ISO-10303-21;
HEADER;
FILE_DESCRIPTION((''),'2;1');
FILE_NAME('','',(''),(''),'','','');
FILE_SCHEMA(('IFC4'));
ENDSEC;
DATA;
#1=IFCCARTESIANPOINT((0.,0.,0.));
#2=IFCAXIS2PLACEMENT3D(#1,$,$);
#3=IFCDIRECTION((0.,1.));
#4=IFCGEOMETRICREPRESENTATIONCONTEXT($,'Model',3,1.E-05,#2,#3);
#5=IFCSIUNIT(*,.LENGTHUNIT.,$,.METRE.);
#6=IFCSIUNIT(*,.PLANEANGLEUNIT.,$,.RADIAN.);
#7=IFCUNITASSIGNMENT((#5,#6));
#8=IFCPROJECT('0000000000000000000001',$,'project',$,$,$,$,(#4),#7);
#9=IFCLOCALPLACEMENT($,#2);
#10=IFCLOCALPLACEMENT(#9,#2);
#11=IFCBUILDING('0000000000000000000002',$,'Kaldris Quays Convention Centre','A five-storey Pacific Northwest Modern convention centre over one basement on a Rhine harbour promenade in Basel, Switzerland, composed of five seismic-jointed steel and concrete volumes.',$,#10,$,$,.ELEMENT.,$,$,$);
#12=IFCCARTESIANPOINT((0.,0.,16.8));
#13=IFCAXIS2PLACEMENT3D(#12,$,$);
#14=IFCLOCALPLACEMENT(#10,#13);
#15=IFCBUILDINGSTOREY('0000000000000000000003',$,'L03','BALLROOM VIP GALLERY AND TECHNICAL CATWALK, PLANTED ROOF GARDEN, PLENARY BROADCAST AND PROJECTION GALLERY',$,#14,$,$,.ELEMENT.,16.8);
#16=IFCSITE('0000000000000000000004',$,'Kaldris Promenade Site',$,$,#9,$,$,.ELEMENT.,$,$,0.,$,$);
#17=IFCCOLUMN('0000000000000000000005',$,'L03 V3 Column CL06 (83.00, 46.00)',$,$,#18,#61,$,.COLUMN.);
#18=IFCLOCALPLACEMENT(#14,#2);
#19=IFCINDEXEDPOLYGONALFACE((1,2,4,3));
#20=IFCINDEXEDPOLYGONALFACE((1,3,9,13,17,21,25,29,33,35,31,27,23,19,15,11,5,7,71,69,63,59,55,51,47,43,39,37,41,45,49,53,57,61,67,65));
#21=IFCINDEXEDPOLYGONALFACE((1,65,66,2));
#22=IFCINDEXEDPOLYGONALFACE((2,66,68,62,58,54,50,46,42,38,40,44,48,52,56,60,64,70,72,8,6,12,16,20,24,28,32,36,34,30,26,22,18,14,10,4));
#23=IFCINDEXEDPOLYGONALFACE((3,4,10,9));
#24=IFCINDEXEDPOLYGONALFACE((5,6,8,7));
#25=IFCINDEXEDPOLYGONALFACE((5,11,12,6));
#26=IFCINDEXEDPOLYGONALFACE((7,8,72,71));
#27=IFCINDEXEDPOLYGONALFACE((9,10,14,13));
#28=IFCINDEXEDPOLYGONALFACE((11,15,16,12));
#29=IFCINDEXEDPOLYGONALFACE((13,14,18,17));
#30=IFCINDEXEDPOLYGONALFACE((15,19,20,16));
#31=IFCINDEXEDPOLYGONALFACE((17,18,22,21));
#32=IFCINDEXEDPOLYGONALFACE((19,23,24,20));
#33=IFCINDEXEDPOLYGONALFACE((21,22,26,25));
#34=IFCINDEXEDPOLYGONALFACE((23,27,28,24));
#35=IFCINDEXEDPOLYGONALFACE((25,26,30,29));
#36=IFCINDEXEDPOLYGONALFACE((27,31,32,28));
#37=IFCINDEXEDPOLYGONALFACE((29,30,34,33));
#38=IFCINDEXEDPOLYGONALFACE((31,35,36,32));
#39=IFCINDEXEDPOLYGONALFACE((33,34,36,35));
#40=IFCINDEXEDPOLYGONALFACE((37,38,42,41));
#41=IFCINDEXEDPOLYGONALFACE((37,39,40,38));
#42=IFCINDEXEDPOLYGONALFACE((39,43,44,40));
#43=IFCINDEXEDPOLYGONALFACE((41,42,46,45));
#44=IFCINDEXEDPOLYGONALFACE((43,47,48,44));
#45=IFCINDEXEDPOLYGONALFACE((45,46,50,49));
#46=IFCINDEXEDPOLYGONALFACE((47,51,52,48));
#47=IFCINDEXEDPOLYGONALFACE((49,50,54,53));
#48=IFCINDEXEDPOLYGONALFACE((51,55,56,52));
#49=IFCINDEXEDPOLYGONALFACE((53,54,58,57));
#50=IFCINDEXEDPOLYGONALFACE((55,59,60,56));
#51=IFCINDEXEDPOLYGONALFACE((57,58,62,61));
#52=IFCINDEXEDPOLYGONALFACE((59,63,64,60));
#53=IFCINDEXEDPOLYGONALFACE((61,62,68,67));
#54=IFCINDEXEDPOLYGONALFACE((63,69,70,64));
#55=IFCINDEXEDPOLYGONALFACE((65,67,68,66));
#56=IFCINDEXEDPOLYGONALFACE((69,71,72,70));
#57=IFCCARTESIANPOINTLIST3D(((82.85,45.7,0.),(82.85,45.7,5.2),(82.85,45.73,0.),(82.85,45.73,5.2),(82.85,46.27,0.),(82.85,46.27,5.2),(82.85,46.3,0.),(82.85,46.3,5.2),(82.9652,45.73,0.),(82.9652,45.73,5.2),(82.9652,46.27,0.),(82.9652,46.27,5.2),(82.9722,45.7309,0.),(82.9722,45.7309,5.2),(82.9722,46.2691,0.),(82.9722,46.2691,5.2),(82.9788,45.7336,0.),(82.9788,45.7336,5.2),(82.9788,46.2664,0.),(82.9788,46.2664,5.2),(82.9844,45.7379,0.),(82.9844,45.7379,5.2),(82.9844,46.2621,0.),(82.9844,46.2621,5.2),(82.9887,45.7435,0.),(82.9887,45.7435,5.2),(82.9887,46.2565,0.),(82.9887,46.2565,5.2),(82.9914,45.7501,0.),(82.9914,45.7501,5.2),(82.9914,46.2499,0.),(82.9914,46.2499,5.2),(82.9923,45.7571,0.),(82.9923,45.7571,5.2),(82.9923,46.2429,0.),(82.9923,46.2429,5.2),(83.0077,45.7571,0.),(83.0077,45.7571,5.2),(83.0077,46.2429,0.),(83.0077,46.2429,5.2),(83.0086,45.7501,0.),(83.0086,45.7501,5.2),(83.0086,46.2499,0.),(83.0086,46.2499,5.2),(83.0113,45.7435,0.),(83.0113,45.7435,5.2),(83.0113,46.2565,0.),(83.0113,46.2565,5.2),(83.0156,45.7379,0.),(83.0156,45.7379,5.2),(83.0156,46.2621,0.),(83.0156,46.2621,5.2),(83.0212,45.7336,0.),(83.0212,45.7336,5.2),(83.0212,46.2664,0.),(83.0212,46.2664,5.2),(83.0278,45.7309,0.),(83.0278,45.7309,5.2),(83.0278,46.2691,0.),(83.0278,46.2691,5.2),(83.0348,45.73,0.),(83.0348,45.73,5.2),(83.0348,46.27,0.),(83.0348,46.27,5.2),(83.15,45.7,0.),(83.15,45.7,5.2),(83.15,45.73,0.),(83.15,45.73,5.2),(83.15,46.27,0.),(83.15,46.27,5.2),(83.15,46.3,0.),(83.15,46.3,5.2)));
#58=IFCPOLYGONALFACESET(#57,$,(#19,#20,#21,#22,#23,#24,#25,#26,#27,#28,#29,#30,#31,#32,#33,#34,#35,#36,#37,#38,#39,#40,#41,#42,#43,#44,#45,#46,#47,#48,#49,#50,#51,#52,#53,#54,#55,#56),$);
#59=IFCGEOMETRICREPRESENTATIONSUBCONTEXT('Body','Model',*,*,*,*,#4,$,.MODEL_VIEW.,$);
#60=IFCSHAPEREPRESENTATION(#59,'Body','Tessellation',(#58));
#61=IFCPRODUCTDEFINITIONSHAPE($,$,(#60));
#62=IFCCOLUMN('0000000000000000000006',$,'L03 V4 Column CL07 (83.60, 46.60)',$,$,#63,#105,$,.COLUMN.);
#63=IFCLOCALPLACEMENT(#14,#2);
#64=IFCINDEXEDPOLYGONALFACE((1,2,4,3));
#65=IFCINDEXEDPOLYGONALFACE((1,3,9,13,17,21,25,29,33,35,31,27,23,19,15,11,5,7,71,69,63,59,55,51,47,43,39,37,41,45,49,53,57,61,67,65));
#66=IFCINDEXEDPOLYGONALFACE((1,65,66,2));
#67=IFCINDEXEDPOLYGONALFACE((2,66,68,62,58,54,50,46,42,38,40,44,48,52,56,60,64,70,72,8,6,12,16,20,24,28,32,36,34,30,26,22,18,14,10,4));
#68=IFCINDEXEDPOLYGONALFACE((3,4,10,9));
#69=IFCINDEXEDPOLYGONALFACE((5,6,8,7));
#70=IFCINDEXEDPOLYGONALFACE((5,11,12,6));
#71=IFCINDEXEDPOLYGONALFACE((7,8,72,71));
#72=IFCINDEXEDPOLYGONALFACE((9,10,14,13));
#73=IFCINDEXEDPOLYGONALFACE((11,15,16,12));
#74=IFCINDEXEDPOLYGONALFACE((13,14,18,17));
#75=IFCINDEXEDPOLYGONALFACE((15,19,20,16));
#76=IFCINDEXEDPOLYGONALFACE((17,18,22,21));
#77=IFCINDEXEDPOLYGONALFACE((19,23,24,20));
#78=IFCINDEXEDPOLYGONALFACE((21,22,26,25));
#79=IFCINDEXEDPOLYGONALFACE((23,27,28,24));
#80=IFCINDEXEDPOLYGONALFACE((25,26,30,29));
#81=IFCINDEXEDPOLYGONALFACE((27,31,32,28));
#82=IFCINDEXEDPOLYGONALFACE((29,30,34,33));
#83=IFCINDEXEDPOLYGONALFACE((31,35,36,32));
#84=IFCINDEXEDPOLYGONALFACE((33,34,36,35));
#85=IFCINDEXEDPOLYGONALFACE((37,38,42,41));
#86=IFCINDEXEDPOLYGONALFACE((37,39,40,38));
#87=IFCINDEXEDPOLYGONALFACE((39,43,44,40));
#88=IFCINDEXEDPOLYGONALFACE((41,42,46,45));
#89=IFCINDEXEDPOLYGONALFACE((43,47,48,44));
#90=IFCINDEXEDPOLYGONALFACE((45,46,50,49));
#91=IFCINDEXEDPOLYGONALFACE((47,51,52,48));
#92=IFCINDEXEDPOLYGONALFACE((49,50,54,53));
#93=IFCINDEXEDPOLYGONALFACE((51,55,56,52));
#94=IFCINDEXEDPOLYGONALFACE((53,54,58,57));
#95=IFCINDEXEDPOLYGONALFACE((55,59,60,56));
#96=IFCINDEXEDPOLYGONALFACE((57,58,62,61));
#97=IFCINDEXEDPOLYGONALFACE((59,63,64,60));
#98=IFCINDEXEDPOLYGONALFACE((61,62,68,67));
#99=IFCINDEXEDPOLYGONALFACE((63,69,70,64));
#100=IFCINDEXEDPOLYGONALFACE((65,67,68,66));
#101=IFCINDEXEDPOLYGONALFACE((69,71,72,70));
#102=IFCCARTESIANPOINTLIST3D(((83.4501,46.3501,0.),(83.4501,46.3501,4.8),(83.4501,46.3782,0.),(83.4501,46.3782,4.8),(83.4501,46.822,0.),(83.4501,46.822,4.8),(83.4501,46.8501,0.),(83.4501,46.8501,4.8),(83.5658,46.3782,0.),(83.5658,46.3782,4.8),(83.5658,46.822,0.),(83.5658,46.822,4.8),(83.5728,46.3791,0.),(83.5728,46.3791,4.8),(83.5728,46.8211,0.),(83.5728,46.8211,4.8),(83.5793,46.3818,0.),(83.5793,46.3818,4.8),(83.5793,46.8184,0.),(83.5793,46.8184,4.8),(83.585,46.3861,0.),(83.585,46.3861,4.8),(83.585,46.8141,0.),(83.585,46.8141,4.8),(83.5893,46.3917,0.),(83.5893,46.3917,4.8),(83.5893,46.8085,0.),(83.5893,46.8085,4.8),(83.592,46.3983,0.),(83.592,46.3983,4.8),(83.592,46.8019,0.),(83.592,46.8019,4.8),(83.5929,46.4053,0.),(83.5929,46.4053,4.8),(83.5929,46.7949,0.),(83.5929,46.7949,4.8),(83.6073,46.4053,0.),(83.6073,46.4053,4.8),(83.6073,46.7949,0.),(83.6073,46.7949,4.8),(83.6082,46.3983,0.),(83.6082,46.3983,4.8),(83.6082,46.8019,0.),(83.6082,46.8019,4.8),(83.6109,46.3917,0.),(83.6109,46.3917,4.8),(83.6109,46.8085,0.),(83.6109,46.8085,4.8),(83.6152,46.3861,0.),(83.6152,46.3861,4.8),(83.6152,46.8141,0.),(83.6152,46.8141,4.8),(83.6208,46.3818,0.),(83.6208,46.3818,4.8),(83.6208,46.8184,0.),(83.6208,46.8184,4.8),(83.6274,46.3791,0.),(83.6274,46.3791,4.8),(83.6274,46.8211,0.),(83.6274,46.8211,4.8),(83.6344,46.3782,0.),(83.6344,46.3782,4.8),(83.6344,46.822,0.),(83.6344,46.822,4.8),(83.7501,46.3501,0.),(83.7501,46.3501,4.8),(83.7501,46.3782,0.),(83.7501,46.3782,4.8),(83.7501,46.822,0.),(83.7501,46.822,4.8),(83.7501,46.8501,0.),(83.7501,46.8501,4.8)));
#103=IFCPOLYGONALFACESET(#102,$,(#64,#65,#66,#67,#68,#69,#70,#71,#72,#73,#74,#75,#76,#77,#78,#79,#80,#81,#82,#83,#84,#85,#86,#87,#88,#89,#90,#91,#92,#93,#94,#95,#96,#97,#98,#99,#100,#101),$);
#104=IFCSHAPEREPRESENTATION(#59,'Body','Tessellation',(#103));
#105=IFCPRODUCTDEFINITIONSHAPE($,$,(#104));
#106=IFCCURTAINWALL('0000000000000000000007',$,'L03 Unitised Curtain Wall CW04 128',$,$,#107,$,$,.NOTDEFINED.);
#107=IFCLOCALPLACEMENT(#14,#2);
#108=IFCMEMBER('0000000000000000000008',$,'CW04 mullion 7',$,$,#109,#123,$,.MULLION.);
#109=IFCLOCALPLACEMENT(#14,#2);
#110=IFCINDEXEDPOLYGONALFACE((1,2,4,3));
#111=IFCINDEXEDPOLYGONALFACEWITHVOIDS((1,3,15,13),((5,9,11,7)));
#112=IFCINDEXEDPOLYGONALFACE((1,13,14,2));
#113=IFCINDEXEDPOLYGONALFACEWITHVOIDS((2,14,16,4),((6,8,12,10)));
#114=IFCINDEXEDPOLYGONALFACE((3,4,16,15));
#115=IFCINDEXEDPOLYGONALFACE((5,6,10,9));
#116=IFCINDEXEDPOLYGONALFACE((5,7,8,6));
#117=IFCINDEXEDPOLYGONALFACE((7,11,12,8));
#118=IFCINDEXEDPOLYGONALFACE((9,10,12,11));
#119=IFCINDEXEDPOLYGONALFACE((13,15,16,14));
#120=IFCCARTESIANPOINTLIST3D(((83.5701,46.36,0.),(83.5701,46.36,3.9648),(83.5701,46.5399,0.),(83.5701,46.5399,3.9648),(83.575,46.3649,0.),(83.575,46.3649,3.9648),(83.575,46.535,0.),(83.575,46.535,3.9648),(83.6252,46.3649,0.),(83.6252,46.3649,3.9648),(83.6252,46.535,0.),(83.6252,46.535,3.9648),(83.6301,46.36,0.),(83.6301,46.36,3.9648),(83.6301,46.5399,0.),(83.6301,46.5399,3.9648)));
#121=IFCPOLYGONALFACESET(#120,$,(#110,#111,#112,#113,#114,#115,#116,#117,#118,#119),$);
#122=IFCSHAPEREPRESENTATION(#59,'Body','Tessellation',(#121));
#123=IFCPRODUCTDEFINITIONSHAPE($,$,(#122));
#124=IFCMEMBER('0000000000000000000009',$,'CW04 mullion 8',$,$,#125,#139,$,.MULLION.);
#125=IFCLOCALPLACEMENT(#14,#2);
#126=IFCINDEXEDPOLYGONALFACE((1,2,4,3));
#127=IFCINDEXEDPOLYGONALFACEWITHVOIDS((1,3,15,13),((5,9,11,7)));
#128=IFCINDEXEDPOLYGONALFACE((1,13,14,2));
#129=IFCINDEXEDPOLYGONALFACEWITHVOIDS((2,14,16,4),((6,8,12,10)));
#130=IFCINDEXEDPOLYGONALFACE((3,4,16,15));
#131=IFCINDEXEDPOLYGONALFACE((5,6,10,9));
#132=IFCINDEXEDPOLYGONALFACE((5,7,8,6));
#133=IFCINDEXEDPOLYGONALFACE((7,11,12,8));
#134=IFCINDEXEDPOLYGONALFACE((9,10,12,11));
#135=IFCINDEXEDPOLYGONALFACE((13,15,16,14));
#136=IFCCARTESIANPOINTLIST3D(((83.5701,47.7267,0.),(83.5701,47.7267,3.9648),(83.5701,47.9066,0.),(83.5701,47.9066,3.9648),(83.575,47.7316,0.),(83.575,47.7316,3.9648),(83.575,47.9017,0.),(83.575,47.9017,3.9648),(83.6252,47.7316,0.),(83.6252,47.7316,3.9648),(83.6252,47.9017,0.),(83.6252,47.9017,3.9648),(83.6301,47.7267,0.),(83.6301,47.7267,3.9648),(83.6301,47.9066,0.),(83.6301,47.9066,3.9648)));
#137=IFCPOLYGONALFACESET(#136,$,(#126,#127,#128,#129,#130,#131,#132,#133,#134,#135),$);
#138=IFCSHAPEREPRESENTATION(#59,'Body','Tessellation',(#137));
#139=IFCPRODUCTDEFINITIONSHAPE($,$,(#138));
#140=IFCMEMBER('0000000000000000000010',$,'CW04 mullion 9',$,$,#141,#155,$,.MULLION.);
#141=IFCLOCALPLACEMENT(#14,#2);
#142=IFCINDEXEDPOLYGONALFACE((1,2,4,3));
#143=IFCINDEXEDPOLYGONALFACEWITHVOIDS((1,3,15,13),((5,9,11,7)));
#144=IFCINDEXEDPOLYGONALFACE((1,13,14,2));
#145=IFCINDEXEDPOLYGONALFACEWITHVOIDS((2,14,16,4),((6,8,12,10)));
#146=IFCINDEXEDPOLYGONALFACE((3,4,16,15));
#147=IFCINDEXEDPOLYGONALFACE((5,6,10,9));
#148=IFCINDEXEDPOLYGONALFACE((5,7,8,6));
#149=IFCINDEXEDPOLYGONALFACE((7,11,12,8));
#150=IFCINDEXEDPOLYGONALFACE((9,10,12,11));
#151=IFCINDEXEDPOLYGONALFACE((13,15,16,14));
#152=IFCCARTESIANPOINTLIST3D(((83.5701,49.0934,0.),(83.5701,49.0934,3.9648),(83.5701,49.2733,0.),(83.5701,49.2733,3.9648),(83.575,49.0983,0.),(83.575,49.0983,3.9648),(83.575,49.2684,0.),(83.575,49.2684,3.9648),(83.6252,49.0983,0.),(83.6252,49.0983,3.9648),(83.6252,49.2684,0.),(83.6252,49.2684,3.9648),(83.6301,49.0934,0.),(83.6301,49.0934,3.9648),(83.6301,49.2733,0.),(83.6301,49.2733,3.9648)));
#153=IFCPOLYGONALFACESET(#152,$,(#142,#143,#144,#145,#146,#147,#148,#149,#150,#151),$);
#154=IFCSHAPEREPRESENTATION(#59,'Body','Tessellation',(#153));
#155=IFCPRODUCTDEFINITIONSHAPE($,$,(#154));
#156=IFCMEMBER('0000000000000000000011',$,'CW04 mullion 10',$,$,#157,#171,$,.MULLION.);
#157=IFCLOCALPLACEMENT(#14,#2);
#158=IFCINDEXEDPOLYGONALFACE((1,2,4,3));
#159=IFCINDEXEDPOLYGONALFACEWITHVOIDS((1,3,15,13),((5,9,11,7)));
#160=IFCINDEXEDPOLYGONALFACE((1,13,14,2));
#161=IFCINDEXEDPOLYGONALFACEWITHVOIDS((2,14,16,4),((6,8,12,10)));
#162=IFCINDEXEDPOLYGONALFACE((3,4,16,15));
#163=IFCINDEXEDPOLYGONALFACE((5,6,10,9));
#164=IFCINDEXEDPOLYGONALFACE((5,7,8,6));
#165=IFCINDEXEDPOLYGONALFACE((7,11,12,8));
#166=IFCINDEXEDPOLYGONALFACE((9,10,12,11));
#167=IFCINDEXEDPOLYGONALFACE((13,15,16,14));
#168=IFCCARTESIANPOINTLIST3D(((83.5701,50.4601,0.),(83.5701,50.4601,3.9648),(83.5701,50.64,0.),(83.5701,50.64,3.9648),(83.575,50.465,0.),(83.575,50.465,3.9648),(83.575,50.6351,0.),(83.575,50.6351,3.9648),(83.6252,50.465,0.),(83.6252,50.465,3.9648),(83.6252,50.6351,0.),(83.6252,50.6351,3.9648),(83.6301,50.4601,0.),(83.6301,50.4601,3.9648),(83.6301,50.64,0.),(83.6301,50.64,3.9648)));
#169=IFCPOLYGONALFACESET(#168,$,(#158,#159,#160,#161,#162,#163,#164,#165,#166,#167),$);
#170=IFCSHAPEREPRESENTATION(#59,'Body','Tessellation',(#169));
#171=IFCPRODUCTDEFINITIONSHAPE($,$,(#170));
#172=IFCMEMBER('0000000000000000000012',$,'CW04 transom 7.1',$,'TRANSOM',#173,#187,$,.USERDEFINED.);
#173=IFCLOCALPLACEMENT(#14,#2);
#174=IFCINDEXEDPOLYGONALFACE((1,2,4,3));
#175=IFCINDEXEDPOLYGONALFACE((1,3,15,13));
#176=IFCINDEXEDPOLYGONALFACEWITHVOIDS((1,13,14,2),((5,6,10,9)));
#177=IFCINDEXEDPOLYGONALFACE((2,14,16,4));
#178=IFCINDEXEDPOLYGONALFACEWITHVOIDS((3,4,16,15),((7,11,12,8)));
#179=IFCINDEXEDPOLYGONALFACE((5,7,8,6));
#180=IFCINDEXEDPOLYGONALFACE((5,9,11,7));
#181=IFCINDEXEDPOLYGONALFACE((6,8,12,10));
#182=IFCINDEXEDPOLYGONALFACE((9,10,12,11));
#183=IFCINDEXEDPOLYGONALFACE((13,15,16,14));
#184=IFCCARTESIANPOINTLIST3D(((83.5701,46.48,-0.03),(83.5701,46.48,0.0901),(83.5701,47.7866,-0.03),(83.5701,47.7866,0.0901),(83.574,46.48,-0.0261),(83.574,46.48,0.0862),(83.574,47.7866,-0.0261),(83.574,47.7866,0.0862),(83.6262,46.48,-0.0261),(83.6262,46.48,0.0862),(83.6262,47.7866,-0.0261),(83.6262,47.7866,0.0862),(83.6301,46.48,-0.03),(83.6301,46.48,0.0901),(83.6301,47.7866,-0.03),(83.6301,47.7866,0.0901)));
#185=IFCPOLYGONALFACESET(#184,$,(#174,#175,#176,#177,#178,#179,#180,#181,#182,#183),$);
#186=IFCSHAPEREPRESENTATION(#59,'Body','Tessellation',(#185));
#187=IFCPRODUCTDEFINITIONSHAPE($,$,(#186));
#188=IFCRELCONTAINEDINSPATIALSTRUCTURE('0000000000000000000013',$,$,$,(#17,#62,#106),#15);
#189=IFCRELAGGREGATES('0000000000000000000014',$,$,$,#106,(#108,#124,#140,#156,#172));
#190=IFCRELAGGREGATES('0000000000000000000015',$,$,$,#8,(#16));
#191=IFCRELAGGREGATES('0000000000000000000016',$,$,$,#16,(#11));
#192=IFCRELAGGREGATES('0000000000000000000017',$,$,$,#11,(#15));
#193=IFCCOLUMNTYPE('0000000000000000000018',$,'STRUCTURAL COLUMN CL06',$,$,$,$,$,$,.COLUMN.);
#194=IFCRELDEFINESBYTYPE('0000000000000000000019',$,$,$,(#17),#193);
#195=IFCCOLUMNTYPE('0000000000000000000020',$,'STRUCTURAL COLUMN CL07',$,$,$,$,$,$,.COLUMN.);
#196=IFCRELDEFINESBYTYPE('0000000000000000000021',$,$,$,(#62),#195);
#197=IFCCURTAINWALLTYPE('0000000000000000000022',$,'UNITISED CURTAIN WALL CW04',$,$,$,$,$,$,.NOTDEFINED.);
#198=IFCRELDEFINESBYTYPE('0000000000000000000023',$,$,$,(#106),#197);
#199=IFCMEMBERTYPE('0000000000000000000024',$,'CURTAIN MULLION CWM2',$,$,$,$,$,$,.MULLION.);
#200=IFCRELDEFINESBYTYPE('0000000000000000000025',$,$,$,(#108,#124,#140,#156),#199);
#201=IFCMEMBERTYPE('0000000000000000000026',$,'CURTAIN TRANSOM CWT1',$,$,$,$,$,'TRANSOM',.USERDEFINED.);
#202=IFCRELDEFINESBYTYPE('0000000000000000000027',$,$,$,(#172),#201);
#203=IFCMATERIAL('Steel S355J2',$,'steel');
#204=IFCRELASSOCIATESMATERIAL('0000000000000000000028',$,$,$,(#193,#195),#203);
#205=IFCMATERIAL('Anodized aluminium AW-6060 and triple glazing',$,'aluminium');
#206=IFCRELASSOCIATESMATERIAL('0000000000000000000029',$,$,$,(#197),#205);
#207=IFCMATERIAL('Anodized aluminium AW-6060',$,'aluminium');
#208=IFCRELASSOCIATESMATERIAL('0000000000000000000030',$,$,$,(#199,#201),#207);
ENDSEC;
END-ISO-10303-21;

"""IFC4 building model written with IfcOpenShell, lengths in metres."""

from ifc_helpers import new_model, si_unit, direction, frame, origin, origin_2d, place, context, subcontext, project, spatial, hollow_rectangle, i_section, extrude, material, material_profile, profile_set, type_object, element, aggregate, save


model = new_model("IFC4")

# Units and contexts
model_context = context("Model", 3, precision=1e-05, world=origin(), true_north=direction((0.0, 1.0)))
body_context = subcontext(model_context, "Body", "Model", "MODEL_VIEW")
ifc_project = project(units=[si_unit("LENGTHUNIT", "METRE"), si_unit("PLANEANGLEUNIT", "RADIAN")], contexts=[model_context])

# Site, building, storey
site_placement = place(None, origin())
site = spatial("IfcSite", under=ifc_project, at=site_placement, Name="Kaldris Promenade Site", CompositionType="ELEMENT", RefElevation=0.0)
building_placement = place(site_placement, origin())
building = spatial("IfcBuilding", under=site, at=building_placement, Name="Kaldris Quays Convention Centre", Description="A five-storey Pacific Northwest Modern convention centre over one basement on a Rhine harbour promenade in Basel, Switzerland, composed of five seismic-jointed steel and concrete volumes.", CompositionType="ELEMENT")
storey_placement = place(building_placement, frame((0.0, 0.0, 16.8)))
storey = spatial("IfcBuildingStorey", under=building, at=storey_placement, Name="L03", Description="BALLROOM VIP GALLERY AND TECHNICAL CATWALK, PLANTED ROOF GARDEN, PLENARY BROADCAST AND PROJECTION GALLERY", CompositionType="ELEMENT", Elevation=16.8)

# Columns
ifc_material_1 = material(Name="Steel S355J2", Category="steel")
ifc_material_profile_1 = material_profile(ifc_material_1, i_section(OverallWidth=0.3, OverallDepth=0.6001, WebThickness=0.0154, FlangeThickness=0.03, FilletRadius=0.0271, at=origin_2d()), Name="HEB 600")
ifc_profile_set_1 = profile_set([ifc_material_profile_1], Name="Steel S355J2")
column_type_1 = type_object("IfcColumnType", Name="STRUCTURAL COLUMN CL06", PredefinedType="COLUMN", material=ifc_profile_set_1)
column_1_placement = place(storey_placement, frame((83.0, 46.0, 0.0), z_axis=(0.0, 0.0, 1.0), x_axis=(1.0, 0.0, 0.0)))
element("IfcColumn", 1, at=column_1_placement, inside=storey, type_object=column_type_1, Name="L03 V3 Column CL06 (83.00, 46.00)", PredefinedType="COLUMN", context=body_context, shape_type="SweptSolid", body=[
    extrude(i_section(OverallWidth=0.3, OverallDepth=0.6001, WebThickness=0.0154, FlangeThickness=0.03, FilletRadius=0.0271, at=origin_2d()), origin(), (0.0, 0.0, 1.0), 5.2),
])
ifc_material_profile_2 = material_profile(ifc_material_1, i_section(OverallWidth=0.3, OverallDepth=0.5, WebThickness=0.0144, FlangeThickness=0.0281, FilletRadius=0.0271, at=origin_2d()), Name="HEB 500")
ifc_profile_set_2 = profile_set([ifc_material_profile_2], Name="Steel S355J2")
column_type_2 = type_object("IfcColumnType", Name="STRUCTURAL COLUMN CL07", PredefinedType="COLUMN", material=ifc_profile_set_2)
column_2_placement = place(storey_placement, frame((83.6001, 46.6001, 0.0), z_axis=(0.0, 0.0, 1.0), x_axis=(1.0, 0.0, 0.0)))
element("IfcColumn", 2, at=column_2_placement, inside=storey, type_object=column_type_2, Name="L03 V4 Column CL07 (83.60, 46.60)", PredefinedType="COLUMN", context=body_context, shape_type="SweptSolid", body=[
    extrude(i_section(OverallWidth=0.3, OverallDepth=0.5, WebThickness=0.0144, FlangeThickness=0.0281, FilletRadius=0.0271, at=origin_2d()), origin(), (0.0, 0.0, 1.0), 4.8),
])

# Curtain wall, members
ifc_material_2 = material(Name="Anodized aluminium AW-6060 and triple glazing", Category="aluminium")
curtain_wall_type = type_object("IfcCurtainWallType", Name="UNITISED CURTAIN WALL CW04", PredefinedType="NOTDEFINED", material=ifc_material_2)
curtain_wall_placement = place(storey_placement, origin())
curtain_wall = element("IfcCurtainWall", 3, at=curtain_wall_placement, inside=storey, type_object=curtain_wall_type, Name="L03 Unitised Curtain Wall CW04 128", PredefinedType="NOTDEFINED")
ifc_material_3 = material(Name="Anodized aluminium AW-6060", Category="aluminium")
ifc_material_profile_3 = material_profile(ifc_material_3, hollow_rectangle(XDim=0.0601, YDim=0.1799, WallThickness=0.0049, at=origin_2d()), Name="RHS 180x60x5")
ifc_profile_set_3 = profile_set([ifc_material_profile_3], Name="Anodized aluminium AW-6060")
member_type_1 = type_object("IfcMemberType", Name="CURTAIN MULLION CWM2", PredefinedType="MULLION", material=ifc_profile_set_3)
member_1_placement = place(storey_placement, frame((83.6001, 46.45, 0.0), z_axis=(0.0, 0.0, 1.0), x_axis=(-1.0, 0.0, 0.0)))
member_1 = element("IfcMember", 4, at=member_1_placement, type_object=member_type_1, Name="CW04 mullion 7", PredefinedType="MULLION", context=body_context, shape_type="SweptSolid", body=[
    extrude(hollow_rectangle(XDim=0.0601, YDim=0.1799, WallThickness=0.0049, at=origin_2d()), origin(), (0.0, 0.0, 1.0), 3.9648),
])
member_2_placement = place(storey_placement, frame((83.6001, 47.8167, 0.0), z_axis=(0.0, 0.0, 1.0), x_axis=(-1.0, 0.0, 0.0)))
member_2 = element("IfcMember", 5, at=member_2_placement, type_object=member_type_1, Name="CW04 mullion 8", PredefinedType="MULLION", context=body_context, shape_type="SweptSolid", body=[
    extrude(hollow_rectangle(XDim=0.0601, YDim=0.1799, WallThickness=0.0049, at=origin_2d()), origin(), (0.0, 0.0, 1.0), 3.9648),
])
member_3_placement = place(storey_placement, frame((83.6001, 49.1833, 0.0), z_axis=(0.0, 0.0, 1.0), x_axis=(-1.0, 0.0, 0.0)))
member_3 = element("IfcMember", 6, at=member_3_placement, type_object=member_type_1, Name="CW04 mullion 9", PredefinedType="MULLION", context=body_context, shape_type="SweptSolid", body=[
    extrude(hollow_rectangle(XDim=0.0601, YDim=0.1799, WallThickness=0.0049, at=origin_2d()), origin(), (0.0, 0.0, 1.0), 3.9648),
])
member_4_placement = place(storey_placement, frame((83.6001, 50.55, 0.0), z_axis=(0.0, 0.0, 1.0), x_axis=(-1.0, 0.0, 0.0)))
member_4 = element("IfcMember", 7, at=member_4_placement, type_object=member_type_1, Name="CW04 mullion 10", PredefinedType="MULLION", context=body_context, shape_type="SweptSolid", body=[
    extrude(hollow_rectangle(XDim=0.0601, YDim=0.1799, WallThickness=0.0049, at=origin_2d()), origin(), (0.0, 0.0, 1.0), 3.9648),
])
ifc_material_profile_4 = material_profile(ifc_material_3, hollow_rectangle(XDim=0.0601, YDim=0.1201, WallThickness=0.0039, at=origin_2d()), Name="RHS 120x60x4")
ifc_profile_set_4 = profile_set([ifc_material_profile_4], Name="Anodized aluminium AW-6060")
member_type_2 = type_object("IfcMemberType", Name="CURTAIN TRANSOM CWT1", ElementType="TRANSOM", PredefinedType="USERDEFINED", material=ifc_profile_set_4)
member_5_placement = place(storey_placement, frame((83.6001, 46.48, 0.03), z_axis=(0.0, 1.0, 0.0), x_axis=(-1.0, 0.0, 0.0)))
member_5 = element("IfcMember", 8, at=member_5_placement, type_object=member_type_2, Name="CW04 transom 7.1", ObjectType="TRANSOM", PredefinedType="USERDEFINED", context=body_context, shape_type="SweptSolid", body=[
    extrude(hollow_rectangle(XDim=0.0601, YDim=0.1201, WallThickness=0.0039, at=origin_2d()), origin(), (0.0, 0.0, 1.0), 1.3066),
])
aggregate(curtain_wall, [member_1, member_2, member_3, member_4, member_5])

save(model, "model.ifc")
